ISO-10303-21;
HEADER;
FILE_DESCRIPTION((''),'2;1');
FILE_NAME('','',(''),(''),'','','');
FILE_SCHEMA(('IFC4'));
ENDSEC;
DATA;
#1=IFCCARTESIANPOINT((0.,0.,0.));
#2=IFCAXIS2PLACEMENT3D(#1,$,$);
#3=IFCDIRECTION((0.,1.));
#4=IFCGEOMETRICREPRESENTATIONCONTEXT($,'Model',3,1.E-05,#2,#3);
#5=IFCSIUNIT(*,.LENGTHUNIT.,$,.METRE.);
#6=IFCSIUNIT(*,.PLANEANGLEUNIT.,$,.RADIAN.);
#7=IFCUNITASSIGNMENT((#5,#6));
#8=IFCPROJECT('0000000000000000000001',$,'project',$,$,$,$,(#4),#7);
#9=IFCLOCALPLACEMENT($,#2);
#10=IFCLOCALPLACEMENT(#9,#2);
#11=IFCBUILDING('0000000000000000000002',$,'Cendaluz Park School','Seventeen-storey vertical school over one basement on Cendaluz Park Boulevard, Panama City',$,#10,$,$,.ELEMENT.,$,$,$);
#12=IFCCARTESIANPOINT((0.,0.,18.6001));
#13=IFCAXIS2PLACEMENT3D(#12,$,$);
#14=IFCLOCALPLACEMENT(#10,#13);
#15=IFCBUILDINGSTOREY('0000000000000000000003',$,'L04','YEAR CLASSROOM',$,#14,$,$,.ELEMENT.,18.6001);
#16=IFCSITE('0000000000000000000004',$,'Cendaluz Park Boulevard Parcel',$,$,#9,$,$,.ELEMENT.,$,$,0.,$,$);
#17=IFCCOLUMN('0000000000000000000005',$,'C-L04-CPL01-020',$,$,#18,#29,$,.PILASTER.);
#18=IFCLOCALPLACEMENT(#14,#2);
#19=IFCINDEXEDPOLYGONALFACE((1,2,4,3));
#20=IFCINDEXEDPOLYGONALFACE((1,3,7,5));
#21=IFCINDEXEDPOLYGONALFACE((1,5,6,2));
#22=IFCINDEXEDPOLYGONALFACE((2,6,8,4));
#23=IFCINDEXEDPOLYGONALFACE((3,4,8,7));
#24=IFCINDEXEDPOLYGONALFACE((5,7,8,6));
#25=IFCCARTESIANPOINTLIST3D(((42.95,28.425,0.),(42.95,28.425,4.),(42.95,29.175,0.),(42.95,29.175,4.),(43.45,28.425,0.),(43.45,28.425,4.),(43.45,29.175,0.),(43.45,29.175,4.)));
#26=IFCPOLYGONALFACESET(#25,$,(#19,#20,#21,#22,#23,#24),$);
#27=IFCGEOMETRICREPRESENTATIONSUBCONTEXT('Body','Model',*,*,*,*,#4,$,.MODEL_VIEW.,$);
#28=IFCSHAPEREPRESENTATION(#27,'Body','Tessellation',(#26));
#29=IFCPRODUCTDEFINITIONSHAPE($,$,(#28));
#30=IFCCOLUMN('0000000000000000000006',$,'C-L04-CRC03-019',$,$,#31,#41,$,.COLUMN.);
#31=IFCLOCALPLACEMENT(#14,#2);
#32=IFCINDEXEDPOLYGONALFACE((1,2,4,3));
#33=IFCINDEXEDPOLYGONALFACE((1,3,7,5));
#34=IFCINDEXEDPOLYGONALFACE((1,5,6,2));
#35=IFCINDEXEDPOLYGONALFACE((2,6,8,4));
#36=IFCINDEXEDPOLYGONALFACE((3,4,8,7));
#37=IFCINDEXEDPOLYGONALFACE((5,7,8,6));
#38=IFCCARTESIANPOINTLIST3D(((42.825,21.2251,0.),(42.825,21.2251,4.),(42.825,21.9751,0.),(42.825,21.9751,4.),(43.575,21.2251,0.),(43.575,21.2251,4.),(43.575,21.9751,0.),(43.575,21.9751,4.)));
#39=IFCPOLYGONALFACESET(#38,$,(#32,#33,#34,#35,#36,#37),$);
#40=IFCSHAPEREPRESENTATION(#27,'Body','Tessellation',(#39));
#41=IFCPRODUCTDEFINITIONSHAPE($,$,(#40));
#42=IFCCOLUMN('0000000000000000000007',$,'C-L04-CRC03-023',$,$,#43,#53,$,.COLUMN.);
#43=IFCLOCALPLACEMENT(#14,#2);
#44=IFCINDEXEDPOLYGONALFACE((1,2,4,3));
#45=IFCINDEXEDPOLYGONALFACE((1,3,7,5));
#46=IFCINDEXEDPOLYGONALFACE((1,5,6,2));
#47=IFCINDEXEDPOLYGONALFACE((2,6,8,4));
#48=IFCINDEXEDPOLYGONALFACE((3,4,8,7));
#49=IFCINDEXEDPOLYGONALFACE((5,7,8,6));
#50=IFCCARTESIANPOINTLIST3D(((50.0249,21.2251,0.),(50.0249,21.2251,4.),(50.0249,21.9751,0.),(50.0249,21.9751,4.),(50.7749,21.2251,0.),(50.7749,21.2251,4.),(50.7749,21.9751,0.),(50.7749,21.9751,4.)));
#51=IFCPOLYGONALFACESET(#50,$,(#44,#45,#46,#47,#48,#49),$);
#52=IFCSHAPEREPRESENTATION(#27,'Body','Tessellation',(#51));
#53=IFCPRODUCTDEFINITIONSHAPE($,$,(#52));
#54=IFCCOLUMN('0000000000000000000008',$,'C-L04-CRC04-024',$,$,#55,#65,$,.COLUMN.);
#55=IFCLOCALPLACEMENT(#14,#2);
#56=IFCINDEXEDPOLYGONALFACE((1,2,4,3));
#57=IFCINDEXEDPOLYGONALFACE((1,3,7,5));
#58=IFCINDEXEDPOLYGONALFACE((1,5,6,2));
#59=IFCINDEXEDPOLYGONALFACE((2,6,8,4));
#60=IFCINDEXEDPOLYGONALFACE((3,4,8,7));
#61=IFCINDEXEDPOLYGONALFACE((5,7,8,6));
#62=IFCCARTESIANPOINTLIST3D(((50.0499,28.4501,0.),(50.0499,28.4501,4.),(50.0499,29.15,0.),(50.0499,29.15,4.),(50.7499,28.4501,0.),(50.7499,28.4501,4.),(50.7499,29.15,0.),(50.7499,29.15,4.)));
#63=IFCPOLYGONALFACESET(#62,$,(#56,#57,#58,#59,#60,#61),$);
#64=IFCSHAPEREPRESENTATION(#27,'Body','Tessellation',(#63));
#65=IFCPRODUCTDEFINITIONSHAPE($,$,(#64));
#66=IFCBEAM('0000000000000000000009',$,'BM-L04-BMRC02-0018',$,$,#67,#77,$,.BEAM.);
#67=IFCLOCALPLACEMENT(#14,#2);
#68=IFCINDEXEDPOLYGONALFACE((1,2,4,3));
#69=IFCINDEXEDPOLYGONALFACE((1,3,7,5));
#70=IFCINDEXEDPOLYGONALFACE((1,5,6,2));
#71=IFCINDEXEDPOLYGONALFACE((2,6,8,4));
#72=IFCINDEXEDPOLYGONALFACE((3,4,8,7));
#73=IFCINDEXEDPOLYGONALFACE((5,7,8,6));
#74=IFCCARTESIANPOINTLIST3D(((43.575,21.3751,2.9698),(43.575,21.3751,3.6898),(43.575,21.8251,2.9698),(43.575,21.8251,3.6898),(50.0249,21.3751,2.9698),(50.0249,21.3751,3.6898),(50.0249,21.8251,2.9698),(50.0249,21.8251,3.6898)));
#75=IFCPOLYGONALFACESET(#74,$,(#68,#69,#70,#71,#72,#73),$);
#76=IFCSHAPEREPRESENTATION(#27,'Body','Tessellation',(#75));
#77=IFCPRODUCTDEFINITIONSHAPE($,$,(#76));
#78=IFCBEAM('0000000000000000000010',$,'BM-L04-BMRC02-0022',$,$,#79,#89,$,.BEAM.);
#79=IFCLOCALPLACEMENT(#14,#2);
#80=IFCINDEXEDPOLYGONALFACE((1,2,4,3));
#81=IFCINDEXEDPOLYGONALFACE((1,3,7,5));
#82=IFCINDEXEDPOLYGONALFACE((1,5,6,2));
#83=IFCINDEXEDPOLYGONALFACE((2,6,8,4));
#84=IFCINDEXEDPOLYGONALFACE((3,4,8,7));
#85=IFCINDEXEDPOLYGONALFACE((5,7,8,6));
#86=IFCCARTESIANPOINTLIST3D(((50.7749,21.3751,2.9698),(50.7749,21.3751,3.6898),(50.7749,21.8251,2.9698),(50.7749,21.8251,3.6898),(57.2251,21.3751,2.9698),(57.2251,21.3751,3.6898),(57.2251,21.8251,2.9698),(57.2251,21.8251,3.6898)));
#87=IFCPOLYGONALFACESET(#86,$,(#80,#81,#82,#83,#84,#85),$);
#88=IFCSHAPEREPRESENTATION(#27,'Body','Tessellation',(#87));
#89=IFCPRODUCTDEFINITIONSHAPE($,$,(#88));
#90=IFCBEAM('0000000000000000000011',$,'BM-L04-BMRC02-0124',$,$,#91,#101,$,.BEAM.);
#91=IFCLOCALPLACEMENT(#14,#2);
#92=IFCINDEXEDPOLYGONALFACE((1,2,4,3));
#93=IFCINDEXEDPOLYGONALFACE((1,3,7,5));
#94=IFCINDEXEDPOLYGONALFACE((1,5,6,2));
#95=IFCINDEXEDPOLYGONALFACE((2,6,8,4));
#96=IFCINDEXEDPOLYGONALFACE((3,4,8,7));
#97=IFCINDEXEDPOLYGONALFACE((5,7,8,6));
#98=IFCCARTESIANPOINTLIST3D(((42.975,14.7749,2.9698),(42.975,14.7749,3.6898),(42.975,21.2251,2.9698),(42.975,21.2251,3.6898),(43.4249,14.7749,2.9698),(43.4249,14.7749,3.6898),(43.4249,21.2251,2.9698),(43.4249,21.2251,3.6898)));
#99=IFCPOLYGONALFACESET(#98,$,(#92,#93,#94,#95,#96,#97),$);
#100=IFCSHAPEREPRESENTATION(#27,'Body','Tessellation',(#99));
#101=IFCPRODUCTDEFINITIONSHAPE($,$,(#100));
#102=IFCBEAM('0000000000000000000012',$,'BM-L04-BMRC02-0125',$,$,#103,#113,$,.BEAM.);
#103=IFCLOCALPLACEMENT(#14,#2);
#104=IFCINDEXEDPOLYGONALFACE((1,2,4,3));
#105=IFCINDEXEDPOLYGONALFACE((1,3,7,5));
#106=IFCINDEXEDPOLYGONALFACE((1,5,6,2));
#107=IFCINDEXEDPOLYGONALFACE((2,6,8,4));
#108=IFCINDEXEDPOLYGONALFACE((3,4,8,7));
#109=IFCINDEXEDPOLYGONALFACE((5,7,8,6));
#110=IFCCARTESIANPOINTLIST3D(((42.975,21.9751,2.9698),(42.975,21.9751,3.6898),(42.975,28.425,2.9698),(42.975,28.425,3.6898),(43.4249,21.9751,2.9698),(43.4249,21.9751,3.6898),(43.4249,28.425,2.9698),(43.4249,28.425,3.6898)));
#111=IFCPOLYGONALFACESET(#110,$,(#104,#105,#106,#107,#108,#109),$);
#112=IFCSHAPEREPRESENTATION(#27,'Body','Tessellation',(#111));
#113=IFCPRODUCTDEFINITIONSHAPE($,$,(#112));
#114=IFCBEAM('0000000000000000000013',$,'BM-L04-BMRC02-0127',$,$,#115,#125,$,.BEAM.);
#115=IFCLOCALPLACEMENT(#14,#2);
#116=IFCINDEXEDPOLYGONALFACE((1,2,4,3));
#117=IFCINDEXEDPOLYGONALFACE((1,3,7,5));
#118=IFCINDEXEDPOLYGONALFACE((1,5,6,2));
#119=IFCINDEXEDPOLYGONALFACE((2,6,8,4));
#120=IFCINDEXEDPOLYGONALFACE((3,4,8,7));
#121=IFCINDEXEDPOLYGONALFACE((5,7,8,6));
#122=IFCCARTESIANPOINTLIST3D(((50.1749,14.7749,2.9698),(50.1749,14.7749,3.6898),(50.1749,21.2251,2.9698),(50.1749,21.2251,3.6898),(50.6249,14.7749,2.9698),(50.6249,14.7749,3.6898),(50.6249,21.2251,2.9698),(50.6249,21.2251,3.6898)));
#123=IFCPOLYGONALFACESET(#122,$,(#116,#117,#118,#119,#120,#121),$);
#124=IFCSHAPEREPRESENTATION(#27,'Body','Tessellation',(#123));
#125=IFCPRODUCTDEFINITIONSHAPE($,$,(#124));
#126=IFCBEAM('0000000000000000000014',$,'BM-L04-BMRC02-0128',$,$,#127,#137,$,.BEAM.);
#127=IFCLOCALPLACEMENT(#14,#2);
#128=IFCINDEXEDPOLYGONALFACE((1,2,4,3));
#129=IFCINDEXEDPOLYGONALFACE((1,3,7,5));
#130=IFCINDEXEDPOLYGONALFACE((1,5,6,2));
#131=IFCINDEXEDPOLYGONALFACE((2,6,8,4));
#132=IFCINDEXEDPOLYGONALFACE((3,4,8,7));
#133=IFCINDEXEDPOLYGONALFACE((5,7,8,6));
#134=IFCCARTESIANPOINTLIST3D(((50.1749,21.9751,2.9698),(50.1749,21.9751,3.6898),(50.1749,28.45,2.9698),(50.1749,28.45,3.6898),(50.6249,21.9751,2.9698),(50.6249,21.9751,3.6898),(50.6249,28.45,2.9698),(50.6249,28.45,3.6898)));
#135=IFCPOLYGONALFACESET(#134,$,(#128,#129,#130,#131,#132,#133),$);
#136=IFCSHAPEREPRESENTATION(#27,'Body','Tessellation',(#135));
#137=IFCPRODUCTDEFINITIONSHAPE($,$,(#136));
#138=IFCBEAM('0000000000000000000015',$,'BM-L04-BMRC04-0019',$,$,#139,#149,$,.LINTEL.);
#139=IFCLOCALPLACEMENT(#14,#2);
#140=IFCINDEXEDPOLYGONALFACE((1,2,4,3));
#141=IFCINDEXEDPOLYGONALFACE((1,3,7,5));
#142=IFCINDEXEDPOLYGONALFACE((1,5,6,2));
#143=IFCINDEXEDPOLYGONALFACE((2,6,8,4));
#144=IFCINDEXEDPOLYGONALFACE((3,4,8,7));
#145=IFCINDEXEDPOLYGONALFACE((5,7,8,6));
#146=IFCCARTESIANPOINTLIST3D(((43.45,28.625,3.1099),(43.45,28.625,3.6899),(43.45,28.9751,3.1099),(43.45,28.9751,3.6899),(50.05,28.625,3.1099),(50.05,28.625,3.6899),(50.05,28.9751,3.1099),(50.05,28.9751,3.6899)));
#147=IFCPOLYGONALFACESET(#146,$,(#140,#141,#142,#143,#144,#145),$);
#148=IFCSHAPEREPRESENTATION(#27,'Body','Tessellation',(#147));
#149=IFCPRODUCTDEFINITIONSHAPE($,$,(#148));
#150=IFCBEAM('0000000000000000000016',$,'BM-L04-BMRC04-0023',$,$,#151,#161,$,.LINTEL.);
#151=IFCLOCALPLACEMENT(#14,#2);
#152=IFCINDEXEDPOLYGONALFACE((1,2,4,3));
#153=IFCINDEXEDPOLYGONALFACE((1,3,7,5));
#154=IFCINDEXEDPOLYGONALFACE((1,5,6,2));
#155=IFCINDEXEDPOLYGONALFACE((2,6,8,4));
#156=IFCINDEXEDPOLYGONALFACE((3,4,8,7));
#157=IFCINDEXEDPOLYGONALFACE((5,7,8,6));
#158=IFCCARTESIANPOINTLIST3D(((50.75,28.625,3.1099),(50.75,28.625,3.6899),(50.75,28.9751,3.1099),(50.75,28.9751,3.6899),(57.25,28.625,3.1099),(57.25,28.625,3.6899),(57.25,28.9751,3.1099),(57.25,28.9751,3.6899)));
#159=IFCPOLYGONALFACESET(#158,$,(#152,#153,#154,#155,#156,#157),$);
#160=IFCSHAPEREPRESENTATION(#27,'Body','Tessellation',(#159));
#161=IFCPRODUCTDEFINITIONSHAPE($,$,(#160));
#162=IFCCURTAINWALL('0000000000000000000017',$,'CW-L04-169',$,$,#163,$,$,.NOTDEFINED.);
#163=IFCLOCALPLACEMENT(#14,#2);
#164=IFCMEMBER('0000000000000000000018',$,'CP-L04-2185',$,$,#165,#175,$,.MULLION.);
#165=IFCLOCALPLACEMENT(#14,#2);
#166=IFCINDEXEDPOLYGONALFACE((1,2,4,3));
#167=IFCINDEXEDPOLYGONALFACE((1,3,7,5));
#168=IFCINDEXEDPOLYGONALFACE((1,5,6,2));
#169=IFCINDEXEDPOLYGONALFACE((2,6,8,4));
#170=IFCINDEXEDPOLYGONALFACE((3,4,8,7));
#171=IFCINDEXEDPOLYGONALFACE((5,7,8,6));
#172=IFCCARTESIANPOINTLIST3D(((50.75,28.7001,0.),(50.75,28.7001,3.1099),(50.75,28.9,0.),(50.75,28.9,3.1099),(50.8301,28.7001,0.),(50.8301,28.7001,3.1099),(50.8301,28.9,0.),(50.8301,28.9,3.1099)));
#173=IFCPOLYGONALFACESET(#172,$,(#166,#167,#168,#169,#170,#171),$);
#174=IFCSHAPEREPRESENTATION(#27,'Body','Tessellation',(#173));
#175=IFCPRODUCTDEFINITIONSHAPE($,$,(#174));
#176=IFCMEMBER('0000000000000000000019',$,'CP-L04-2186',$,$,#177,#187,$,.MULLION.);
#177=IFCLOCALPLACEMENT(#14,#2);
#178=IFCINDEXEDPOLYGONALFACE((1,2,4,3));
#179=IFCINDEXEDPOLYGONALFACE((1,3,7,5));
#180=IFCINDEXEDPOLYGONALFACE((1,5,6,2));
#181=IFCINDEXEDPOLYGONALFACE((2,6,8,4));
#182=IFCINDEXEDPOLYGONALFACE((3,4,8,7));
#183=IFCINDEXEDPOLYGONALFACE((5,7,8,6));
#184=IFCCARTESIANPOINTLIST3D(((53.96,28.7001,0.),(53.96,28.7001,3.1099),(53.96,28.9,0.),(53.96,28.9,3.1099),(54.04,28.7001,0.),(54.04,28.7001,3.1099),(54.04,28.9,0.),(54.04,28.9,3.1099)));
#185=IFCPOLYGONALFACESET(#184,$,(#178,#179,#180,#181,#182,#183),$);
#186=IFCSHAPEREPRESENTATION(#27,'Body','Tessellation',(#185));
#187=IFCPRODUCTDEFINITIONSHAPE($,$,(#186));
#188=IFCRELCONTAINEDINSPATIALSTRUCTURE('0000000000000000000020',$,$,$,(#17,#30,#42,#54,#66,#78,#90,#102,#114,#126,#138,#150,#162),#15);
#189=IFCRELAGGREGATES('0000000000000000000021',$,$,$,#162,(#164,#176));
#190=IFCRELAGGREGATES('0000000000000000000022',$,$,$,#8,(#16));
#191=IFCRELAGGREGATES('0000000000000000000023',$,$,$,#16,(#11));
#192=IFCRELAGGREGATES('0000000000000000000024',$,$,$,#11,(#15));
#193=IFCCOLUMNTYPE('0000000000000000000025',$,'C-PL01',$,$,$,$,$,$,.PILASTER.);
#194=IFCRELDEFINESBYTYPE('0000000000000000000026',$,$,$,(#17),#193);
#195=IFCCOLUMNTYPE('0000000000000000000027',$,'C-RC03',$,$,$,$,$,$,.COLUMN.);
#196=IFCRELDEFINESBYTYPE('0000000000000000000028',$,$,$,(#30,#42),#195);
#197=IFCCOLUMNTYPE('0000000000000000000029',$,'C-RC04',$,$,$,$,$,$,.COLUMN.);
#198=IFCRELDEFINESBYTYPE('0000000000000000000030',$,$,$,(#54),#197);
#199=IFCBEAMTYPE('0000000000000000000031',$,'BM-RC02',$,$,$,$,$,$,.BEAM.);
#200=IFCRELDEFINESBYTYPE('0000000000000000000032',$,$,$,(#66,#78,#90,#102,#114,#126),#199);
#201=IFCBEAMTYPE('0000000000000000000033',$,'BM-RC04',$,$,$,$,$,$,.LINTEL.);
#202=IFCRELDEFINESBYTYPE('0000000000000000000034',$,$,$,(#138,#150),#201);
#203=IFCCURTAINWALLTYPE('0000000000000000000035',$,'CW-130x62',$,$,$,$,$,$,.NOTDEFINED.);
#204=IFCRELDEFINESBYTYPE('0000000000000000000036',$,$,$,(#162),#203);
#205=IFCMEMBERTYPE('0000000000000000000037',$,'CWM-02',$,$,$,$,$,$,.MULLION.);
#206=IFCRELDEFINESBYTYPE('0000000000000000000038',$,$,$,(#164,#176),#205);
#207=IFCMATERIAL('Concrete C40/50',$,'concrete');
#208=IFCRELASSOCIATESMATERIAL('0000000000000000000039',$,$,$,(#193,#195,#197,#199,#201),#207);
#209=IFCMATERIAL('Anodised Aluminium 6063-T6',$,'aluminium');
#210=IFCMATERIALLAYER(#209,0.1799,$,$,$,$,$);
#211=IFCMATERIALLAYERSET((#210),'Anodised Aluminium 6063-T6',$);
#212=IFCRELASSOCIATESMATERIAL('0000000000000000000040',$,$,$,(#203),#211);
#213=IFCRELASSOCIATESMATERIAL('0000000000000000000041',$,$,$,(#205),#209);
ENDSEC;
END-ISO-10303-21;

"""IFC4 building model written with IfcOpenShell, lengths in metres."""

from ifc_helpers import new_model, si_unit, direction, frame, origin, origin_2d, place, context, subcontext, project, spatial, rectangle, extrude, material, layer, layer_set, material_profile, profile_set, type_object, element, aggregate, save


model = new_model("IFC4")

# Units and contexts
model_context = context("Model", 3, precision=1e-05, world=origin(), true_north=direction((0.0, 1.0)))
body_context = subcontext(model_context, "Body", "Model", "MODEL_VIEW")
ifc_project = project(units=[si_unit("LENGTHUNIT", "METRE"), si_unit("PLANEANGLEUNIT", "RADIAN")], contexts=[model_context])

# Site, building, storey
site_placement = place(None, origin())
site = spatial("IfcSite", under=ifc_project, at=site_placement, Name="Cendaluz Park Boulevard Parcel", CompositionType="ELEMENT", RefElevation=0.0)
building_placement = place(site_placement, origin())
building = spatial("IfcBuilding", under=site, at=building_placement, Name="Cendaluz Park School", Description="Seventeen-storey vertical school over one basement on Cendaluz Park Boulevard, Panama City", CompositionType="ELEMENT")
storey_placement = place(building_placement, frame((0.0, 0.0, 18.6001)))
storey = spatial("IfcBuildingStorey", under=building, at=storey_placement, Name="L04", Description="YEAR CLASSROOM", CompositionType="ELEMENT", Elevation=18.6001)

# Columns
ifc_material_1 = material(Name="Concrete C40/50", Category="concrete")
ifc_material_profile_1 = material_profile(ifc_material_1, rectangle(XDim=0.5, YDim=0.75, at=origin_2d()), Name="RC 500x750", Category="concrete")
ifc_profile_set_1 = profile_set([ifc_material_profile_1], Name="Concrete C40/50")
column_type_1 = type_object("IfcColumnType", Name="C-PL01", PredefinedType="PILASTER", material=ifc_profile_set_1)
column_1_placement = place(storey_placement, frame((43.2, 28.8, 0.0), z_axis=(0.0, 0.0, 1.0), x_axis=(1.0, 0.0, 0.0)))
element("IfcColumn", 1, at=column_1_placement, inside=storey, type_object=column_type_1, Name="C-L04-CPL01-020", PredefinedType="PILASTER", context=body_context, shape_type="SweptSolid", body=[
    extrude(rectangle(XDim=0.5, YDim=0.75, at=origin_2d()), origin(), (0.0, 0.0, 1.0), 4.0),
])
ifc_material_profile_2 = material_profile(ifc_material_1, rectangle(XDim=0.75, YDim=0.75, at=origin_2d()), Name="RC 750x750", Category="concrete")
ifc_profile_set_2 = profile_set([ifc_material_profile_2], Name="Concrete C40/50")
column_type_2 = type_object("IfcColumnType", Name="C-RC03", PredefinedType="COLUMN", material=ifc_profile_set_2)
for number, where, z_axis, x_axis, name in (
    (2, (43.2, 21.6001, 0.0), (0.0, 0.0, 1.0), (1.0, 0.0, 0.0), "C-L04-CRC03-019"),
    (3, (50.3999, 21.6001, 0.0), (0.0, 0.0, 1.0), (1.0, 0.0, 0.0), "C-L04-CRC03-023"),
):
    element("IfcColumn", number, at=place(storey_placement, frame(where, z_axis=z_axis, x_axis=x_axis)), inside=storey, type_object=column_type_2, Name=name, PredefinedType="COLUMN", context=body_context, shape_type="SweptSolid", body=[
        extrude(rectangle(XDim=0.75, YDim=0.75, at=origin_2d()), origin(), (0.0, 0.0, 1.0), 4.0),
    ])
ifc_material_profile_3 = material_profile(ifc_material_1, rectangle(XDim=0.7, YDim=0.7, at=origin_2d()), Name="RC 700x700", Category="concrete")
ifc_profile_set_3 = profile_set([ifc_material_profile_3], Name="Concrete C40/50")
column_type_3 = type_object("IfcColumnType", Name="C-RC04", PredefinedType="COLUMN", material=ifc_profile_set_3)
column_2_placement = place(storey_placement, frame((50.3999, 28.8, 0.0), z_axis=(0.0, 0.0, 1.0), x_axis=(1.0, 0.0, 0.0)))
element("IfcColumn", 4, at=column_2_placement, inside=storey, type_object=column_type_3, Name="C-L04-CRC04-024", PredefinedType="COLUMN", context=body_context, shape_type="SweptSolid", body=[
    extrude(rectangle(XDim=0.7, YDim=0.7, at=origin_2d()), origin(), (0.0, 0.0, 1.0), 4.0),
])

# Beams
ifc_material_profile_4 = material_profile(ifc_material_1, rectangle(XDim=0.45, YDim=0.72, at=origin_2d()), Name="RC 450x720", Category="concrete")
ifc_profile_set_4 = profile_set([ifc_material_profile_4], Name="Concrete C40/50")
beam_type_1 = type_object("IfcBeamType", Name="BM-RC02", PredefinedType="BEAM", material=ifc_profile_set_4)
beam_1_placement = place(storey_placement, frame((43.575, 21.6001, 3.3298), z_axis=(1.0, 0.0, 0.0), x_axis=(0.0, 1.0, 0.0)))
element("IfcBeam", 5, at=beam_1_placement, inside=storey, type_object=beam_type_1, Name="BM-L04-BMRC02-0018", PredefinedType="BEAM", context=body_context, shape_type="SweptSolid", body=[
    extrude(rectangle(XDim=0.45, YDim=0.72, at=origin_2d()), origin(), (0.0, 0.0, 1.0), 6.45),
])
for number, where, z_axis, x_axis, name in (
    (6, (50.7749, 21.6001, 3.3298), (1.0, 0.0, 0.0), (0.0, 1.0, 0.0), "BM-L04-BMRC02-0022"),
    (7, (43.2, 14.7749, 3.3298), (0.0, 1.0, 0.0), (-1.0, 0.0, 0.0), "BM-L04-BMRC02-0124"),
):
    element("IfcBeam", number, at=place(storey_placement, frame(where, z_axis=z_axis, x_axis=x_axis)), inside=storey, type_object=beam_type_1, Name=name, PredefinedType="BEAM", context=body_context, shape_type="SweptSolid", body=[
        extrude(rectangle(XDim=0.45, YDim=0.72, at=origin_2d()), origin(), (0.0, 0.0, 1.0), 6.4502),
    ])
beam_2_placement = place(storey_placement, frame((43.2, 21.9751, 3.3298), z_axis=(0.0, 1.0, 0.0), x_axis=(-1.0, 0.0, 0.0)))
element("IfcBeam", 8, at=beam_2_placement, inside=storey, type_object=beam_type_1, Name="BM-L04-BMRC02-0125", PredefinedType="BEAM", context=body_context, shape_type="SweptSolid", body=[
    extrude(rectangle(XDim=0.45, YDim=0.72, at=origin_2d()), origin(), (0.0, 0.0, 1.0), 6.45),
])
beam_3_placement = place(storey_placement, frame((50.3999, 14.7749, 3.3298), z_axis=(0.0, 1.0, 0.0), x_axis=(-1.0, 0.0, 0.0)))
element("IfcBeam", 9, at=beam_3_placement, inside=storey, type_object=beam_type_1, Name="BM-L04-BMRC02-0127", PredefinedType="BEAM", context=body_context, shape_type="SweptSolid", body=[
    extrude(rectangle(XDim=0.45, YDim=0.72, at=origin_2d()), origin(), (0.0, 0.0, 1.0), 6.4502),
])
beam_4_placement = place(storey_placement, frame((50.3999, 21.9751, 3.3298), z_axis=(0.0, 1.0, 0.0), x_axis=(-1.0, 0.0, 0.0)))
element("IfcBeam", 10, at=beam_4_placement, inside=storey, type_object=beam_type_1, Name="BM-L04-BMRC02-0128", PredefinedType="BEAM", context=body_context, shape_type="SweptSolid", body=[
    extrude(rectangle(XDim=0.45, YDim=0.72, at=origin_2d()), origin(), (0.0, 0.0, 1.0), 6.4749),
])
ifc_material_profile_5 = material_profile(ifc_material_1, rectangle(XDim=0.3501, YDim=0.5801, at=origin_2d()), Name="RC 350x580", Category="concrete")
ifc_profile_set_5 = profile_set([ifc_material_profile_5], Name="Concrete C40/50")
beam_type_2 = type_object("IfcBeamType", Name="BM-RC04", PredefinedType="LINTEL", material=ifc_profile_set_5)
beam_5_placement = place(storey_placement, frame((43.45, 28.8, 3.3999), z_axis=(1.0, 0.0, 0.0), x_axis=(0.0, 1.0, 0.0)))
element("IfcBeam", 11, at=beam_5_placement, inside=storey, type_object=beam_type_2, Name="BM-L04-BMRC04-0019", PredefinedType="LINTEL", context=body_context, shape_type="SweptSolid", body=[
    extrude(rectangle(XDim=0.3501, YDim=0.5801, at=origin_2d()), origin(), (0.0, 0.0, 1.0), 6.6001),
])
beam_6_placement = place(storey_placement, frame((50.75, 28.8, 3.3999), z_axis=(1.0, 0.0, 0.0), x_axis=(0.0, 1.0, 0.0)))
element("IfcBeam", 12, at=beam_6_placement, inside=storey, type_object=beam_type_2, Name="BM-L04-BMRC04-0023", PredefinedType="LINTEL", context=body_context, shape_type="SweptSolid", body=[
    extrude(rectangle(XDim=0.3501, YDim=0.5801, at=origin_2d()), origin(), (0.0, 0.0, 1.0), 6.5),
])

# Curtain wall, members
ifc_material_2 = material(Name="Anodised Aluminium 6063-T6", Category="aluminium")
ifc_layer_1 = layer(ifc_material_2, 0.1799)
ifc_layer_set_1 = layer_set([ifc_layer_1], Name="Anodised Aluminium 6063-T6")
curtain_wall_type = type_object("IfcCurtainWallType", Name="CW-130x62", PredefinedType="NOTDEFINED", material=ifc_layer_set_1)
curtain_wall_placement = place(storey_placement, origin())
curtain_wall = element("IfcCurtainWall", 13, at=curtain_wall_placement, inside=storey, type_object=curtain_wall_type, Name="CW-L04-169", PredefinedType="NOTDEFINED")
ifc_material_profile_6 = material_profile(ifc_material_2, rectangle(XDim=0.2, YDim=0.0801, at=origin_2d()), Name="CWM 200x80", Category="aluminium")
ifc_profile_set_6 = profile_set([ifc_material_profile_6], Name="Anodised Aluminium 6063-T6")
member_type_1 = type_object("IfcMemberType", Name="CWM-02", PredefinedType="MULLION", material=ifc_profile_set_6)
member_1_placement = place(storey_placement, frame((50.79, 28.8, 0.0), z_axis=(0.0, 0.0, 1.0), x_axis=(0.0, 1.0, 0.0)))
member_1 = element("IfcMember", 14, at=member_1_placement, type_object=member_type_1, Name="CP-L04-2185", PredefinedType="MULLION", context=body_context, shape_type="SweptSolid", body=[
    extrude(rectangle(XDim=0.2, YDim=0.0801, at=origin_2d()), origin(), (0.0, 0.0, 1.0), 3.1099),
])
member_2_placement = place(storey_placement, frame((54.0, 28.8, 0.0), z_axis=(0.0, 0.0, 1.0), x_axis=(0.0, 1.0, 0.0)))
member_2 = element("IfcMember", 15, at=member_2_placement, type_object=member_type_1, Name="CP-L04-2186", PredefinedType="MULLION", context=body_context, shape_type="SweptSolid", body=[
    extrude(rectangle(XDim=0.2, YDim=0.0801, at=origin_2d()), origin(), (0.0, 0.0, 1.0), 3.1099),
])

aggregate(curtain_wall, [member_1, member_2])

save(model, "model.ifc")
